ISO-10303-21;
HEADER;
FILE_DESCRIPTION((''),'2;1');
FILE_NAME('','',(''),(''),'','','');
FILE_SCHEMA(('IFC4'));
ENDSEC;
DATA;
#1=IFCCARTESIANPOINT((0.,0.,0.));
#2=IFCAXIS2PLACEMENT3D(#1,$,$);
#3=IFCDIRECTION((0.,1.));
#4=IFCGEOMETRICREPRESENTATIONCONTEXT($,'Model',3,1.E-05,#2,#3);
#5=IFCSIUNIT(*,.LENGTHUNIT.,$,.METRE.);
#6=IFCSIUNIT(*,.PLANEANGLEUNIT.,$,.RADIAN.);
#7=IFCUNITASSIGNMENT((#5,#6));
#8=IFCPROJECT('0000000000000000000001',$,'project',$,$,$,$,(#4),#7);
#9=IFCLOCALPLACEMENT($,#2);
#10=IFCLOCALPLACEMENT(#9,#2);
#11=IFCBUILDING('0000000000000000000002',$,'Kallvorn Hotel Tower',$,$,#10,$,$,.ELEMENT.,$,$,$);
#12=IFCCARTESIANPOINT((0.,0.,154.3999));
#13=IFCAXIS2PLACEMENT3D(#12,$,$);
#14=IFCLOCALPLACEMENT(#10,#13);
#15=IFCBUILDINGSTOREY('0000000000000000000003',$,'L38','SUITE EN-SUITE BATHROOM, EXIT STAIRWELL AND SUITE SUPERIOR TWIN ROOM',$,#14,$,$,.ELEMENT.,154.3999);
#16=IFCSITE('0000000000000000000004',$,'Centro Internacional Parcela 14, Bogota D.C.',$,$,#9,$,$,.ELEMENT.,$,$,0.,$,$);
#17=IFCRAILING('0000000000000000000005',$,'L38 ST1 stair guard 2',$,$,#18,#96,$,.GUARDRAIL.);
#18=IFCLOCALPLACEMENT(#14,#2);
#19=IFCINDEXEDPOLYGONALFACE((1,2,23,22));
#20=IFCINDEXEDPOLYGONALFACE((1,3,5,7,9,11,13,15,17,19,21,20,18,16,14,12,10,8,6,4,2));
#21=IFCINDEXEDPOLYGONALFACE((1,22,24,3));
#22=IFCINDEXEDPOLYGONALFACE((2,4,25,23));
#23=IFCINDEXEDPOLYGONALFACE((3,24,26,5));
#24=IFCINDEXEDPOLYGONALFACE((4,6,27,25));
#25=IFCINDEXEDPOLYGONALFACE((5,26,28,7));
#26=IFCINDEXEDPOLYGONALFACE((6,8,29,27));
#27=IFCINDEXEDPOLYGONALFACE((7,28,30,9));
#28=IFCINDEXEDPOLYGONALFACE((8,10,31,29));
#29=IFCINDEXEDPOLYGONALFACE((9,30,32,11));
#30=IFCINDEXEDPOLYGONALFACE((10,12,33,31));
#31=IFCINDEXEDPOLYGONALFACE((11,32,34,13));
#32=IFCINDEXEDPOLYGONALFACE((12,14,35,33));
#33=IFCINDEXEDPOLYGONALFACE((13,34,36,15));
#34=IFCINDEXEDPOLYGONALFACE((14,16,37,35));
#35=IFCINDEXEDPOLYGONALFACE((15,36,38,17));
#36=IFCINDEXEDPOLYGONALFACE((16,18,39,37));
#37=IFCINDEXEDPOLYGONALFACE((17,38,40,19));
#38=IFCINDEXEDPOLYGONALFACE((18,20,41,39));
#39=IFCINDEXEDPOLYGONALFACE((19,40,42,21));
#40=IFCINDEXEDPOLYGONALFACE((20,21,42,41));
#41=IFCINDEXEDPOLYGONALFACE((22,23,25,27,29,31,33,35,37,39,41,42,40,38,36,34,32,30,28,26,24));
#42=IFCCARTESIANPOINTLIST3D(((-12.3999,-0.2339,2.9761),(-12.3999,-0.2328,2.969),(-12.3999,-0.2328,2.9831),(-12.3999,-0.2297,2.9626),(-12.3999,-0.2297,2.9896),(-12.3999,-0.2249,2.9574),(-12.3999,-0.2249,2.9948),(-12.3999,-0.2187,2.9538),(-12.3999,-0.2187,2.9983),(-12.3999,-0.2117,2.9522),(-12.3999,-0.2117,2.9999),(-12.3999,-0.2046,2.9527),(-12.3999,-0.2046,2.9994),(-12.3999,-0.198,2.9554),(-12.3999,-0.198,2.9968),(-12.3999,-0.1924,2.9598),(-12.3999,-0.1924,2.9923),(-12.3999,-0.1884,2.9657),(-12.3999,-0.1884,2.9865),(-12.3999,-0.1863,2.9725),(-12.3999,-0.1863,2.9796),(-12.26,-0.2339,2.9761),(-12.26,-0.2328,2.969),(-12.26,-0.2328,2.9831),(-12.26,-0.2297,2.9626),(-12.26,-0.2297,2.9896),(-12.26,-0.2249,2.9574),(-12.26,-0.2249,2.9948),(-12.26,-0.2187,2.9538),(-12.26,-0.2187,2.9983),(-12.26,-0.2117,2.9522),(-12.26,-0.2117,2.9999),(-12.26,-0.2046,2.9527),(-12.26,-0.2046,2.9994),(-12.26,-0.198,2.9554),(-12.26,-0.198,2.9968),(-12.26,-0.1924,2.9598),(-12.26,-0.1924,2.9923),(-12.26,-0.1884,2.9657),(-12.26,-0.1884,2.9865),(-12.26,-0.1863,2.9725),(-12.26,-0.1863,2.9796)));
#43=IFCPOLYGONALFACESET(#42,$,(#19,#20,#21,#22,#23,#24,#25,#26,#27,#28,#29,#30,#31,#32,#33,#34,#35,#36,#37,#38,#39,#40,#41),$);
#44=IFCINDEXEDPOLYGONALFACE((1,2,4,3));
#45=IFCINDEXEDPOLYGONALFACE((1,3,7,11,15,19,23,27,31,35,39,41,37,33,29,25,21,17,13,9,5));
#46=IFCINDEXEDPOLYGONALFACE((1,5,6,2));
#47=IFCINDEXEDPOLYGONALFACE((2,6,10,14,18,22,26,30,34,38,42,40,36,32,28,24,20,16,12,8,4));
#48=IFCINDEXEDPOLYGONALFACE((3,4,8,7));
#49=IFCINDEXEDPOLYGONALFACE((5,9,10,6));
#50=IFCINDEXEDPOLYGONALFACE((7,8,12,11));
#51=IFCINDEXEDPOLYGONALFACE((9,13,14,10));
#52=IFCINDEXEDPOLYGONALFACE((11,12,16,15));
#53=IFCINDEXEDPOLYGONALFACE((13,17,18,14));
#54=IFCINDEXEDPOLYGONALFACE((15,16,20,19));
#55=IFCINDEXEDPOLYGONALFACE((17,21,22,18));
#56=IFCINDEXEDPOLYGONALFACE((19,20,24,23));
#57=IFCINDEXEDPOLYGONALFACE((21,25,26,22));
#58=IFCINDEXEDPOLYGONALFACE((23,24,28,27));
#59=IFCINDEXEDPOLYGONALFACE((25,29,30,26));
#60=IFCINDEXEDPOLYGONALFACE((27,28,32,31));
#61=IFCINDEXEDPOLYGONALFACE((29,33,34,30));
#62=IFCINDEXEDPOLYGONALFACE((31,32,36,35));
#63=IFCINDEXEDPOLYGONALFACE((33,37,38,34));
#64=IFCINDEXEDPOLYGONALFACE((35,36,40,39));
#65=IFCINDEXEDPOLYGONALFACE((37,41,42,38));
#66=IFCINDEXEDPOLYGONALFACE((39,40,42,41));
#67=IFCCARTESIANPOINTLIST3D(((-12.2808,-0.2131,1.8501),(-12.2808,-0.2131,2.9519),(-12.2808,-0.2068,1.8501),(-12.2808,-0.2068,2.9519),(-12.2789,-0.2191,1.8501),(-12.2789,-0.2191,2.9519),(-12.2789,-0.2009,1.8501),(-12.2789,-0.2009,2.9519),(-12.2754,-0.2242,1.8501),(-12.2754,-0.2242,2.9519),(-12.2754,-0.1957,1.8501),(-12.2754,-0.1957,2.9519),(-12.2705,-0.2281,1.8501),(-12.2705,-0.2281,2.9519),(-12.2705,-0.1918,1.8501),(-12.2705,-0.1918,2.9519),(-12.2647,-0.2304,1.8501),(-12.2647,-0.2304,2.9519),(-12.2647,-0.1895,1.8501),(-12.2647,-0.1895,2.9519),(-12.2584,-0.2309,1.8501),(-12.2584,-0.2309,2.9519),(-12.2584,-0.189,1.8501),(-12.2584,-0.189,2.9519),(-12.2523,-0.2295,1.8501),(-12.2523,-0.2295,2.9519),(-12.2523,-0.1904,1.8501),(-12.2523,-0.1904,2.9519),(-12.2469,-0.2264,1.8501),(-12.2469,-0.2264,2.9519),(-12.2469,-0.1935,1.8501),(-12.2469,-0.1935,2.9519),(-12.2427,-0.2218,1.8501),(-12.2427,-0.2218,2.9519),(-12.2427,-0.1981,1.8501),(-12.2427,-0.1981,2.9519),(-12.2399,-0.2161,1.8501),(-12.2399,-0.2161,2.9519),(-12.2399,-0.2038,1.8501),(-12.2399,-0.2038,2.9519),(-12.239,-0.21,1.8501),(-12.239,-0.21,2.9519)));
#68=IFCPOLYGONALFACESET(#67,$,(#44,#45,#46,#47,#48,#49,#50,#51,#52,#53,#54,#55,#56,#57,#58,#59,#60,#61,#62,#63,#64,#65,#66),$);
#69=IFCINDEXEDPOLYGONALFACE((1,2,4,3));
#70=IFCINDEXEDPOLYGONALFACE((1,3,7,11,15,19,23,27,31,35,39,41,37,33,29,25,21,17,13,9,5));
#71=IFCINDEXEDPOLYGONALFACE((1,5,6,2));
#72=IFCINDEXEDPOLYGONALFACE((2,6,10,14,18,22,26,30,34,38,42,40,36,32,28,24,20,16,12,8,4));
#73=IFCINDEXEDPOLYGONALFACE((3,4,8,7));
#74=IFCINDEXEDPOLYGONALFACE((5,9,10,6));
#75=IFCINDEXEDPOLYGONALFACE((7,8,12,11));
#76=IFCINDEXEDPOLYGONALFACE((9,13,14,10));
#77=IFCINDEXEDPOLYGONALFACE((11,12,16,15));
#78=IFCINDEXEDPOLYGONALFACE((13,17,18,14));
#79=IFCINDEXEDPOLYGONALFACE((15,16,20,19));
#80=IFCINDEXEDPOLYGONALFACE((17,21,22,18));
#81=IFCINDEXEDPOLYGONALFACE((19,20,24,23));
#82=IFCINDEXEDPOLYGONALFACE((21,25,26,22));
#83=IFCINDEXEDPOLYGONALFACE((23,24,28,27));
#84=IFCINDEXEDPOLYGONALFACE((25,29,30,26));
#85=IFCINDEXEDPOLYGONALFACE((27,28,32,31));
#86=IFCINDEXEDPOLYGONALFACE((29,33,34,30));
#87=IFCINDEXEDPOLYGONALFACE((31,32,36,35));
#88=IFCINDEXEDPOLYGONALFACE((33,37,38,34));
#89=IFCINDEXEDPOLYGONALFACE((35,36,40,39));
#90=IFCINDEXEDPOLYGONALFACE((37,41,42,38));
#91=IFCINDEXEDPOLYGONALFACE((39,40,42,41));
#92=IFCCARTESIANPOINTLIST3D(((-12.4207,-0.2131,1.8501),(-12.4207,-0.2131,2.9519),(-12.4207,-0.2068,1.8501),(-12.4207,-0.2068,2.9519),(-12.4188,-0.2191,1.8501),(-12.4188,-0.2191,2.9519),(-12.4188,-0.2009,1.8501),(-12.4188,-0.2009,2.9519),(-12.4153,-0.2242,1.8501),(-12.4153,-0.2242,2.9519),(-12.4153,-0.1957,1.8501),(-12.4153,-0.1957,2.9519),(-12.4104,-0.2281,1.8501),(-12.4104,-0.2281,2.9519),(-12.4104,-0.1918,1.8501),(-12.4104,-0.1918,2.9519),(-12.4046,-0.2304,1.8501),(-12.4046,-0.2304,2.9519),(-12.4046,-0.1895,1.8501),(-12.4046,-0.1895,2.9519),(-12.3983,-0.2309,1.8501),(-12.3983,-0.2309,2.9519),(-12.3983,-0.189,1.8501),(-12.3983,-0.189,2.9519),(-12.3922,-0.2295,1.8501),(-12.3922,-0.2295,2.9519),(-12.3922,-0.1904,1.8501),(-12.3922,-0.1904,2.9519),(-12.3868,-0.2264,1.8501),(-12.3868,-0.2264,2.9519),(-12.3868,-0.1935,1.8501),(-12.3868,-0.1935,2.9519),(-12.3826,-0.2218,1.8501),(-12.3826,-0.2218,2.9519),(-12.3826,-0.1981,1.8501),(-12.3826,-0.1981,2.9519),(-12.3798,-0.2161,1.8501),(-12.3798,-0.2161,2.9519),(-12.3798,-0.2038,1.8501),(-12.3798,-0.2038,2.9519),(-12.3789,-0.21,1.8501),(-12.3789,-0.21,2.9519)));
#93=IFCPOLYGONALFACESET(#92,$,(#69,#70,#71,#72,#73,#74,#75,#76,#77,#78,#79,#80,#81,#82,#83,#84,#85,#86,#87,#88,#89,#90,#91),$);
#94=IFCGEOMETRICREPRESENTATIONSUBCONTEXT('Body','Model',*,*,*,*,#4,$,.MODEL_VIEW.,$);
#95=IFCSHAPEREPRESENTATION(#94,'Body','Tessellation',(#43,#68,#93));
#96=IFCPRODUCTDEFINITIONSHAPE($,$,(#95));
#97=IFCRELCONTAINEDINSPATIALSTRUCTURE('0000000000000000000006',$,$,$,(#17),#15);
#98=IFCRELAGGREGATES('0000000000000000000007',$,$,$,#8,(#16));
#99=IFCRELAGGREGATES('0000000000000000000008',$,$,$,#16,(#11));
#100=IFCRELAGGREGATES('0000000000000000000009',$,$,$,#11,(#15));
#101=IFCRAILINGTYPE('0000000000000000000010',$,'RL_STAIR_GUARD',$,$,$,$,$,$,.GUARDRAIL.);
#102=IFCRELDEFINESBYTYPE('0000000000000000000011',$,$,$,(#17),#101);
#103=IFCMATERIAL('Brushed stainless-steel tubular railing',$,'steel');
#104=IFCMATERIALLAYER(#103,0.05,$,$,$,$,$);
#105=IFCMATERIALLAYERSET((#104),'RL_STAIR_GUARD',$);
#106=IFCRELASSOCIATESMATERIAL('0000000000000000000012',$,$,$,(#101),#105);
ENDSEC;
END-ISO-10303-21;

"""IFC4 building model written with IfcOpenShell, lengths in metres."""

from ifc_helpers import new_model, si_unit, direction, frame, origin, origin_2d, place, context, subcontext, project, spatial, circle, extrude, material, layer, layer_set, type_object, element, save


model = new_model("IFC4")

# Units and contexts
model_context = context("Model", 3, precision=1e-05, world=origin(), true_north=direction((0.0, 1.0)))
body_context = subcontext(model_context, "Body", "Model", "MODEL_VIEW")
ifc_project = project(units=[si_unit("LENGTHUNIT", "METRE"), si_unit("PLANEANGLEUNIT", "RADIAN")], contexts=[model_context])

# Site, building, storey
site_placement = place(None, origin())
site = spatial("IfcSite", under=ifc_project, at=site_placement, Name="Centro Internacional Parcela 14, Bogota D.C.", CompositionType="ELEMENT", RefElevation=0.0)
building_placement = place(site_placement, origin())
building = spatial("IfcBuilding", under=site, at=building_placement, Name="Kallvorn Hotel Tower", CompositionType="ELEMENT")
storey_placement = place(building_placement, frame((0.0, 0.0, 154.3999)))
storey = spatial("IfcBuildingStorey", under=building, at=storey_placement, Name="L38", Description="SUITE EN-SUITE BATHROOM, EXIT STAIRWELL AND SUITE SUPERIOR TWIN ROOM", CompositionType="ELEMENT", Elevation=154.3999)

# Railing
ifc_material_1 = material(Name="Brushed stainless-steel tubular railing", Category="steel")
ifc_layer_1 = layer(ifc_material_1, 0.05)
ifc_layer_set_1 = layer_set([ifc_layer_1], Name="RL_STAIR_GUARD")
railing_type_1 = type_object("IfcRailingType", Name="RL_STAIR_GUARD", PredefinedType="GUARDRAIL", material=ifc_layer_set_1)
railing_1_placement = place(storey_placement, frame((-12.26, -0.21, 1.8501)))
element("IfcRailing", 1, at=railing_1_placement, inside=storey, type_object=railing_type_1, Name="L38 ST1 stair guard 2", PredefinedType="GUARDRAIL", context=body_context, shape_type="SweptSolid", body=[
    extrude(circle(Radius=0.0239, at=origin_2d()), frame((0.0, 0.0, 1.126), z_axis=(-1.0, 0.0, 0.0), x_axis=(0.0, -1.0, 0.0)), (0.0, 0.0, 1.0), 0.1399),
    extrude(circle(Radius=0.021, at=origin_2d()), origin(), (0.0, 0.0, 1.0), 1.1018),
    extrude(circle(Radius=0.021, at=origin_2d()), frame((-0.1399, 0.0, 0.0)), (0.0, 0.0, 1.0), 1.1018),
])

save(model, "model.ifc")
